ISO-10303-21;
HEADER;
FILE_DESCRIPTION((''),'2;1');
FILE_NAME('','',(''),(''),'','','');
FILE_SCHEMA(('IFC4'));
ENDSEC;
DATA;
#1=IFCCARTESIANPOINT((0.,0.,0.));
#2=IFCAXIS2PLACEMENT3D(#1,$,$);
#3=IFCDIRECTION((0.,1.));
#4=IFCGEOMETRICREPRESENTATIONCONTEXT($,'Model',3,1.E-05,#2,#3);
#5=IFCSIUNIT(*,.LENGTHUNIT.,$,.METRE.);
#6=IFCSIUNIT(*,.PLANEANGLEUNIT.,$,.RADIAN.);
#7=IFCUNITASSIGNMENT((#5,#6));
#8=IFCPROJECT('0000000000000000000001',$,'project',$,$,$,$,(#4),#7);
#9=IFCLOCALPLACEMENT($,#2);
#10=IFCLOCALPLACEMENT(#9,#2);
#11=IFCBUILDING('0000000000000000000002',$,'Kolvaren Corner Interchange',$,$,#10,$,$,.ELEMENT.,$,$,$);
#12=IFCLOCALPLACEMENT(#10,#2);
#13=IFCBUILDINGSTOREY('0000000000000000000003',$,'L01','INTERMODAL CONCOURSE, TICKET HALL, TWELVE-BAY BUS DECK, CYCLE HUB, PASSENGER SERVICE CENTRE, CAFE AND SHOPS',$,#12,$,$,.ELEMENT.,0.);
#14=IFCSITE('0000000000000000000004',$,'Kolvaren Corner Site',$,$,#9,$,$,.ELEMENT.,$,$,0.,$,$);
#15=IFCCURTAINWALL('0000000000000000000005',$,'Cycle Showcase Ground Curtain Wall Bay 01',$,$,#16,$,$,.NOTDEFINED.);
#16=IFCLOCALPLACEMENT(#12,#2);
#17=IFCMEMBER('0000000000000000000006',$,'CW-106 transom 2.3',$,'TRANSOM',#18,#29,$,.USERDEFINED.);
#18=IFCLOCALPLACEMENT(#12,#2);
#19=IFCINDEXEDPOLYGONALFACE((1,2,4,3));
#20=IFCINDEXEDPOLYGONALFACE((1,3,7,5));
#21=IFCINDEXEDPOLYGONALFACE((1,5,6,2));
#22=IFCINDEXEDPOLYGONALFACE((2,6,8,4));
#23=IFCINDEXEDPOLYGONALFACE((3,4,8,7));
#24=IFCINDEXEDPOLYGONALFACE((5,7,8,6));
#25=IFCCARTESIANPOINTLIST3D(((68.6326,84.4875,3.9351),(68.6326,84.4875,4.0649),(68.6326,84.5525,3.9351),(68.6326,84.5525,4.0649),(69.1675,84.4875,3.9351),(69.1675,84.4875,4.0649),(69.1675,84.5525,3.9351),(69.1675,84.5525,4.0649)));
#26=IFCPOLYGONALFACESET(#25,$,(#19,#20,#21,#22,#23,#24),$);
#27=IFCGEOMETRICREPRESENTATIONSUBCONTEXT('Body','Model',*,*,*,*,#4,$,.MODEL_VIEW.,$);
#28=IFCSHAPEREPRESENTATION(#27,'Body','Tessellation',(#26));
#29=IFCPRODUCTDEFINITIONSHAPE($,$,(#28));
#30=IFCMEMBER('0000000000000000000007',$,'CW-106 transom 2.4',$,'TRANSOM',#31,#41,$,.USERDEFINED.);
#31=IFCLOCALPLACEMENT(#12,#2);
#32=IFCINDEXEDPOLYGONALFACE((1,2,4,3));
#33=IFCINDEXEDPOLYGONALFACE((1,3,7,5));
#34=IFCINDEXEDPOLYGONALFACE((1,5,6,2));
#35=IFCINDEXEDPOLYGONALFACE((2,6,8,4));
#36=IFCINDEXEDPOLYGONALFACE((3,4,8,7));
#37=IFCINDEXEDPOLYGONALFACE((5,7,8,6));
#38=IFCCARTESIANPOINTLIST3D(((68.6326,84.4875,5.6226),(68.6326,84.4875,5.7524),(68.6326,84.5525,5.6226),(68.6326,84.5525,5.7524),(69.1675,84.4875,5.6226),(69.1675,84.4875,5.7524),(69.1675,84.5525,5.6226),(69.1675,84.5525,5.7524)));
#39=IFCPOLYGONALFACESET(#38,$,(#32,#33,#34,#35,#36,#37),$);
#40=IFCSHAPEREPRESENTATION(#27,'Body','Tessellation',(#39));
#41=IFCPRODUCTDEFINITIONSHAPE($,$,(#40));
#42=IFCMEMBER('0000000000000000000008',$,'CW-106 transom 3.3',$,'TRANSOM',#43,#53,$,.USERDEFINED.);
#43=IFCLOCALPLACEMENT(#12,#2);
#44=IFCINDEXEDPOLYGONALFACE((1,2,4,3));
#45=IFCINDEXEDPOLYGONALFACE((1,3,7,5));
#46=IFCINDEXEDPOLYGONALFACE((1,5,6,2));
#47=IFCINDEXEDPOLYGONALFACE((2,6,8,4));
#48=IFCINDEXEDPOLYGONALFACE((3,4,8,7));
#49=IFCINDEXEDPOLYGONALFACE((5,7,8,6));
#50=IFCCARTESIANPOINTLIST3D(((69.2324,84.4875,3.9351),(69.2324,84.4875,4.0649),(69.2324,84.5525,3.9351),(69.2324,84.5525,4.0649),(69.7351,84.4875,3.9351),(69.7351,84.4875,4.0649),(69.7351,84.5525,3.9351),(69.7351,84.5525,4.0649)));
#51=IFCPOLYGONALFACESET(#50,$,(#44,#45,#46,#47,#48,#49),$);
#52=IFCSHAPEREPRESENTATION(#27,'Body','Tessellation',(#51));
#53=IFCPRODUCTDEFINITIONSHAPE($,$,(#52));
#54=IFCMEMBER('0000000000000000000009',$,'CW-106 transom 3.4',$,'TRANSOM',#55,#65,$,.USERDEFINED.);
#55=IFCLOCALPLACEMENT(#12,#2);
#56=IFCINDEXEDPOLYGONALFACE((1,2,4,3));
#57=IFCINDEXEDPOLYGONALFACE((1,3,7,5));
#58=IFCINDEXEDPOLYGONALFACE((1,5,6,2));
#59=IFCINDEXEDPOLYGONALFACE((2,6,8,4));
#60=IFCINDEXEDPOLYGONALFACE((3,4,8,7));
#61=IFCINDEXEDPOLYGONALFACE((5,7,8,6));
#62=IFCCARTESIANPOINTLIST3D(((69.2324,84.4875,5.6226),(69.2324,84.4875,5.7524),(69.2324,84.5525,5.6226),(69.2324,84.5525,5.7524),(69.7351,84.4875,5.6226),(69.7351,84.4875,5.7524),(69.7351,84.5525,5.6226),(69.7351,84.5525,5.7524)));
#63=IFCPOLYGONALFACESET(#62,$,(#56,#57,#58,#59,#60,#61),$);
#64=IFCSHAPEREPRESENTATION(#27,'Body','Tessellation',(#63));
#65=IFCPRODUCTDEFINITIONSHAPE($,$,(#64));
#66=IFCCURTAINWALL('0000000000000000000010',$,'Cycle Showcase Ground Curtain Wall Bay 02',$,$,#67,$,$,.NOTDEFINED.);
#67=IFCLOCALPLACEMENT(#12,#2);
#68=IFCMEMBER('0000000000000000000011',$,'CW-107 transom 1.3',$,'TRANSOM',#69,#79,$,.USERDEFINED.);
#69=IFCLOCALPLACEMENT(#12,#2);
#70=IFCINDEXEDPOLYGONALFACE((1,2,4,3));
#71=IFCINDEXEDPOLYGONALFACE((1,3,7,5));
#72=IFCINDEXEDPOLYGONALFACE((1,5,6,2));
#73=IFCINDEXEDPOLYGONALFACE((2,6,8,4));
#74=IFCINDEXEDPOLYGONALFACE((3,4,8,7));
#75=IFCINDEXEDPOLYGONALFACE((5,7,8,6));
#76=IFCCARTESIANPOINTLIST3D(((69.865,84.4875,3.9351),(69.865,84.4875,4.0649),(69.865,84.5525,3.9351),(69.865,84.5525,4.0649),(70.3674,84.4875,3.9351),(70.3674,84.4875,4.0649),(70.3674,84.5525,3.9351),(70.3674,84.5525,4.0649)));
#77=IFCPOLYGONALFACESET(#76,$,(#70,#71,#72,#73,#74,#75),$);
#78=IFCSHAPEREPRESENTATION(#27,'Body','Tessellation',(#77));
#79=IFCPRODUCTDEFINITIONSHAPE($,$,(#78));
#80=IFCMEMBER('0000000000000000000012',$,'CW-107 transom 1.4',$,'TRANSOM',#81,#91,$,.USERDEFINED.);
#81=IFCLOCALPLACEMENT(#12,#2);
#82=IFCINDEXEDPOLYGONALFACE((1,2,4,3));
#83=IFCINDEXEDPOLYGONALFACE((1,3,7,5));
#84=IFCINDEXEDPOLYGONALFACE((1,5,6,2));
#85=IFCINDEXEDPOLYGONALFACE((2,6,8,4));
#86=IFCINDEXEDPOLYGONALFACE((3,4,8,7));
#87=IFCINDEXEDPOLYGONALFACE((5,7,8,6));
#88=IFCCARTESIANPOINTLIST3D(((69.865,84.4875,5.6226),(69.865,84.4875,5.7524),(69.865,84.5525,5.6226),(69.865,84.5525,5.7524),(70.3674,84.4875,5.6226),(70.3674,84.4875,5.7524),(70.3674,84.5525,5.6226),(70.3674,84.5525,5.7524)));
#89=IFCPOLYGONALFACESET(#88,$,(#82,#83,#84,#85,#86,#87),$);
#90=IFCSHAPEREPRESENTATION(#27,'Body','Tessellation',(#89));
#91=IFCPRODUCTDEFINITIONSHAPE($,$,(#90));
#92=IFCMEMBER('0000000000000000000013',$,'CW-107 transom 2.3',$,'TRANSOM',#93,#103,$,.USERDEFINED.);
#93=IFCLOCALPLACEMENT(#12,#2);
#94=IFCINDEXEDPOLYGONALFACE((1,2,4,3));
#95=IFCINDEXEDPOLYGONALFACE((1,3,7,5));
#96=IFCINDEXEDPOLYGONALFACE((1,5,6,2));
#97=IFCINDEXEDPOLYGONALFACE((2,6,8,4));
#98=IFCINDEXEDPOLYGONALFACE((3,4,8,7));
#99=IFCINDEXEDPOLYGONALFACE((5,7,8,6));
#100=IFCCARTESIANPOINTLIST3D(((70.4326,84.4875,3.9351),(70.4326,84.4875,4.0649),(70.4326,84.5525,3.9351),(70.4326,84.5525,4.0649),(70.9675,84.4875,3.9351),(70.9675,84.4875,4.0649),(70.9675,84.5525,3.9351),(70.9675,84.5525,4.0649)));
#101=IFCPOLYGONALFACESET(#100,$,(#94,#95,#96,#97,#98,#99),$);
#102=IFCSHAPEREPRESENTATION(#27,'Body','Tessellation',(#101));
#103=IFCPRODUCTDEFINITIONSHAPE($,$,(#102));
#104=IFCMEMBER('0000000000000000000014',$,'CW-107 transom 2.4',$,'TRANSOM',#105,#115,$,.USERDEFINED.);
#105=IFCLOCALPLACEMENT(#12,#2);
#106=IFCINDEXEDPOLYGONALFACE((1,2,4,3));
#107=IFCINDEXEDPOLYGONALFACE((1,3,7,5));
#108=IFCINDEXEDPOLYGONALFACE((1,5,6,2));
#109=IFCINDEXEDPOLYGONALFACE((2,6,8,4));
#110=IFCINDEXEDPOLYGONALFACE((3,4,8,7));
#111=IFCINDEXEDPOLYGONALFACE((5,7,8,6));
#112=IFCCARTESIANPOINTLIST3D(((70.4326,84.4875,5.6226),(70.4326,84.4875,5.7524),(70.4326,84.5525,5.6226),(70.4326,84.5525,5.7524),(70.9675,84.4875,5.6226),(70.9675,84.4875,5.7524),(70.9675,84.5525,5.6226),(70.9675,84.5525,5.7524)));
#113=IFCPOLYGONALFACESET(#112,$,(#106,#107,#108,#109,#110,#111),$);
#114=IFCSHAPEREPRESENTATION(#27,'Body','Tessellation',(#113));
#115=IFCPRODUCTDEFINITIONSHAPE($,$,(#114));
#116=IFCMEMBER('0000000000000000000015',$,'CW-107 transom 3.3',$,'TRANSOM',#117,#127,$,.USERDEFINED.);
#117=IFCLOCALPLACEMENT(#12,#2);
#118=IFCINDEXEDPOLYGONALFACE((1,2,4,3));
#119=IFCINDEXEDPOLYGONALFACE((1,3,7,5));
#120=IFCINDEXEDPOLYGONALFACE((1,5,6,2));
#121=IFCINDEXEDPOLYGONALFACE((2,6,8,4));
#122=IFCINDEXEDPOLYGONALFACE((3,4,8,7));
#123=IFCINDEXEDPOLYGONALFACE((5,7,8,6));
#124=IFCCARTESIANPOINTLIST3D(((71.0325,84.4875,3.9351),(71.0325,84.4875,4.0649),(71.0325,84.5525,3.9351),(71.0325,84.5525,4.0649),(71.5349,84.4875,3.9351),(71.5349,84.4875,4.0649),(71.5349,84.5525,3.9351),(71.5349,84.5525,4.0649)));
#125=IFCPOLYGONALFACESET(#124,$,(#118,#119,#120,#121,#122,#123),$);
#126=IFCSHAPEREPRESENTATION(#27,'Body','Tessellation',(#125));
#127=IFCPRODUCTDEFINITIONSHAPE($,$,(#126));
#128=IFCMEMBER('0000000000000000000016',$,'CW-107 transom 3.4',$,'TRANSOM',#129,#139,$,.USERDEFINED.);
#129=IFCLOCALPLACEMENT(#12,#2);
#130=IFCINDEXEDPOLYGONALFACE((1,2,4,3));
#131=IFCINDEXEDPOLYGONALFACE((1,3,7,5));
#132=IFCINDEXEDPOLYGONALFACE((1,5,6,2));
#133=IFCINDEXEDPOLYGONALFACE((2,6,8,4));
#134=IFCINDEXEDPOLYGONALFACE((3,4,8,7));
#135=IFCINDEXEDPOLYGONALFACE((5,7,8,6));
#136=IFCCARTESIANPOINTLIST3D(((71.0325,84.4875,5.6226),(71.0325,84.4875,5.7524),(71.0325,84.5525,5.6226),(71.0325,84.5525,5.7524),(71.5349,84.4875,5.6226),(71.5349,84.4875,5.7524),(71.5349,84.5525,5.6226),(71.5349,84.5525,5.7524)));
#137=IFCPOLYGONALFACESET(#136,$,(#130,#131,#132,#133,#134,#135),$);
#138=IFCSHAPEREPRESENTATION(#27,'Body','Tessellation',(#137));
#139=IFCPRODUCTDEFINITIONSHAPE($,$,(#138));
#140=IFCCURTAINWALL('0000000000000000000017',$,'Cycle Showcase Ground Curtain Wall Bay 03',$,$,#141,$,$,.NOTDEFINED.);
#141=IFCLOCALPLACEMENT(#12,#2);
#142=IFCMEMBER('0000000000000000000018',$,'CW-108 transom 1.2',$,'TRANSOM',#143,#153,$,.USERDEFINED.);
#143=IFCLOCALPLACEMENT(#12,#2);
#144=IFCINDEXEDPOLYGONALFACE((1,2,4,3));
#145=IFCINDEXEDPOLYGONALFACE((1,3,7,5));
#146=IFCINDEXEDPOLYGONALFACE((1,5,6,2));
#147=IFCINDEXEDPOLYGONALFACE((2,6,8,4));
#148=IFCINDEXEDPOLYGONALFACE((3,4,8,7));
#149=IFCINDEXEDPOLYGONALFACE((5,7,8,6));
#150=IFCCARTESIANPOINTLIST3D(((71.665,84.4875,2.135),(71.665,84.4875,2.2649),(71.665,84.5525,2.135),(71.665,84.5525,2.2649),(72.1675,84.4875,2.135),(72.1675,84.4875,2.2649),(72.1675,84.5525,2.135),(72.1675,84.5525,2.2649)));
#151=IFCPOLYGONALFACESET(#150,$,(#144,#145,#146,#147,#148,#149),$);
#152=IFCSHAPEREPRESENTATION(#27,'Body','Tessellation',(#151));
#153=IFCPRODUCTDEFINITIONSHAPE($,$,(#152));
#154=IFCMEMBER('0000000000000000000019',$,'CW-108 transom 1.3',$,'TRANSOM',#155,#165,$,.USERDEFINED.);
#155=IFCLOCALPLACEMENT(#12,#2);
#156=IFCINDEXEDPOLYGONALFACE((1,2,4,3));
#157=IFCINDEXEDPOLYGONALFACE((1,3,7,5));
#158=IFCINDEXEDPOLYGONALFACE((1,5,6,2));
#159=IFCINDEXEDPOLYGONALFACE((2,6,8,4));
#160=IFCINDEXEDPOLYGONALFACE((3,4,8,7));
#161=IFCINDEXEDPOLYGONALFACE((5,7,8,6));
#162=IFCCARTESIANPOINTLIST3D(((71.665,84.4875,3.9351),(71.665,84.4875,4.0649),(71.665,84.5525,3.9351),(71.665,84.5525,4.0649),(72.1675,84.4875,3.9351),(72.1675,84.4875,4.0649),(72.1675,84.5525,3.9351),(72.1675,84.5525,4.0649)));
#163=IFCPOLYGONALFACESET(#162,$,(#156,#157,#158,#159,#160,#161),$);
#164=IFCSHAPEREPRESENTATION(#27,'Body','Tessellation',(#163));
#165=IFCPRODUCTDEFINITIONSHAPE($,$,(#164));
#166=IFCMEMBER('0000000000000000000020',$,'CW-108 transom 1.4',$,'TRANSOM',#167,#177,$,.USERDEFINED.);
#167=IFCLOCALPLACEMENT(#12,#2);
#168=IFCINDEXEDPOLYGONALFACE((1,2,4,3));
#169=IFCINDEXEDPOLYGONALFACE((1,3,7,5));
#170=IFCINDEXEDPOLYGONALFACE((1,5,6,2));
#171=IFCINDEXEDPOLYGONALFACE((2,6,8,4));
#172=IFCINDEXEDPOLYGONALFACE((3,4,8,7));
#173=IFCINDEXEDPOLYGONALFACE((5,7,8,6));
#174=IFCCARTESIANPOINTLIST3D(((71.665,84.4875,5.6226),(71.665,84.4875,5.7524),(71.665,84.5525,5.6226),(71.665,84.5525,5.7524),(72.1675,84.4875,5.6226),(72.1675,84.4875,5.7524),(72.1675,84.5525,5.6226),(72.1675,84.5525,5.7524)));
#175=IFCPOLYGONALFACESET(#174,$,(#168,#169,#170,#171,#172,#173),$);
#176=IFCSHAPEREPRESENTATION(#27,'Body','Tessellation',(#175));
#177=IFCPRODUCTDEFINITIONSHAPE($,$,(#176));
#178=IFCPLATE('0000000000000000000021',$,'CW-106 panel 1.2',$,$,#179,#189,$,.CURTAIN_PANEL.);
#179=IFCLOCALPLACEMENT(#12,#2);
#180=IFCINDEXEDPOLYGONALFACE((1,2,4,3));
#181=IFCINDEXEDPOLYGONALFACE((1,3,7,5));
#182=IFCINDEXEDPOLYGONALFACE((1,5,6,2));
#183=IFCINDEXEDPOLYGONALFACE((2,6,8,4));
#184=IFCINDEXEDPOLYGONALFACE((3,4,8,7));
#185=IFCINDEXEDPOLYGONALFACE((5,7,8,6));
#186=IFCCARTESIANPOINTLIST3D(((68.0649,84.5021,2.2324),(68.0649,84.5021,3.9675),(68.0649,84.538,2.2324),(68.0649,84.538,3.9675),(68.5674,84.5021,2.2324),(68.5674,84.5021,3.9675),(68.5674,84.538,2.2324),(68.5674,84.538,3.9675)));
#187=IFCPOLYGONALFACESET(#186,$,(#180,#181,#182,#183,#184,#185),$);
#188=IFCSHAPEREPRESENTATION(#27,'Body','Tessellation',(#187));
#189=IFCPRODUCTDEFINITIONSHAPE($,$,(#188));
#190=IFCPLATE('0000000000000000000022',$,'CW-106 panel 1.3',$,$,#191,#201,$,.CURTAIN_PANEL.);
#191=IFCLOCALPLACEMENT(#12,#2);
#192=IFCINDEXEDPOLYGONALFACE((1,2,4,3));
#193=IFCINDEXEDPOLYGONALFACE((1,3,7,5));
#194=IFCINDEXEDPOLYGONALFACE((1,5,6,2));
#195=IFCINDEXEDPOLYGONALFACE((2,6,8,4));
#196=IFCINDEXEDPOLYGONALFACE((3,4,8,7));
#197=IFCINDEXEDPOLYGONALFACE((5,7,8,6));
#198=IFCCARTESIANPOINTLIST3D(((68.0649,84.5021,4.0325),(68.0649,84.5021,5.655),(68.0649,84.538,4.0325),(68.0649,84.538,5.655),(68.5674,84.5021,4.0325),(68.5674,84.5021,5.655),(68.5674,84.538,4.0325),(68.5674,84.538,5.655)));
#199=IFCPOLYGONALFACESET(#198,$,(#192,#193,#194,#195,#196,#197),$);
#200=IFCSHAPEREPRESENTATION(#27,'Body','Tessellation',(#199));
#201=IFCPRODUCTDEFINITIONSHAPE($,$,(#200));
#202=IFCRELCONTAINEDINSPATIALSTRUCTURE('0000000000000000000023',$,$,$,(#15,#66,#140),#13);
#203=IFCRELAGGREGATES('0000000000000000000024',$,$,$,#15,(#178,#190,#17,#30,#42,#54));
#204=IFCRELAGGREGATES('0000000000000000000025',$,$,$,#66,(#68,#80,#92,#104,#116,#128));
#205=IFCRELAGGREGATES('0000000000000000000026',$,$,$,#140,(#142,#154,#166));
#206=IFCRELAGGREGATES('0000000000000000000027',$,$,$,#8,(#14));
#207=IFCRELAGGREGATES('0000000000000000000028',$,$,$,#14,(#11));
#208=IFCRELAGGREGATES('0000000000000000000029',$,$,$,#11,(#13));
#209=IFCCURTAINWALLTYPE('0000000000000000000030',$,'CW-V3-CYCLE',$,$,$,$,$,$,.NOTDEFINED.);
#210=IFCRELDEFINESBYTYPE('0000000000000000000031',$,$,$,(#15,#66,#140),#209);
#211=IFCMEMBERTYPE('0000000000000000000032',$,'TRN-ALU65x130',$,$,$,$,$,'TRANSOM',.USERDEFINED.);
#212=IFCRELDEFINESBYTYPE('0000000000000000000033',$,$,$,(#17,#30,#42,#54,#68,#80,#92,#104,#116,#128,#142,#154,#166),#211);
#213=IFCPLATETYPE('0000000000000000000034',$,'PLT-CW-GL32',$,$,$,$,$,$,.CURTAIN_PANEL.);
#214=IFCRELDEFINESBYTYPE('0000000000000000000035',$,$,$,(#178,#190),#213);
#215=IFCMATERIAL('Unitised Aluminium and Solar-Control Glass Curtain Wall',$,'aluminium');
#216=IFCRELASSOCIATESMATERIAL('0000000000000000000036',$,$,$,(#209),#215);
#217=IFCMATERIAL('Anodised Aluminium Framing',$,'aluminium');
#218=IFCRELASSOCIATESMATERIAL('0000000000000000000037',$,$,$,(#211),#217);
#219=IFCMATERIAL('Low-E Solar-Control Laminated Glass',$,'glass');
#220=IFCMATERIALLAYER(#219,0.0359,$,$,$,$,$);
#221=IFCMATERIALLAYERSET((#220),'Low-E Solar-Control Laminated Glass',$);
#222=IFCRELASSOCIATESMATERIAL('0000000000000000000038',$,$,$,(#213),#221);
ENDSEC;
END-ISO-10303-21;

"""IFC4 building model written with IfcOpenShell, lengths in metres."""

from ifc_helpers import new_model, si_unit, direction, frame, origin, origin_2d, place, context, subcontext, project, spatial, rectangle, extrude, material, layer, layer_set, material_profile, profile_set, type_object, element, aggregate, save


model = new_model("IFC4")

# Units and contexts
model_context = context("Model", 3, precision=1e-05, world=origin(), true_north=direction((0.0, 1.0)))
body_context = subcontext(model_context, "Body", "Model", "MODEL_VIEW")
ifc_project = project(units=[si_unit("LENGTHUNIT", "METRE"), si_unit("PLANEANGLEUNIT", "RADIAN")], contexts=[model_context])

# Site, building, storey
site_placement = place(None, origin())
site = spatial("IfcSite", under=ifc_project, at=site_placement, Name="Kolvaren Corner Site", CompositionType="ELEMENT", RefElevation=0.0)
building_placement = place(site_placement, origin())
building = spatial("IfcBuilding", under=site, at=building_placement, Name="Kolvaren Corner Interchange", CompositionType="ELEMENT")
storey_placement = place(building_placement, origin())
storey = spatial("IfcBuildingStorey", under=building, at=storey_placement, Name="L01", Description="INTERMODAL CONCOURSE, TICKET HALL, TWELVE-BAY BUS DECK, CYCLE HUB, PASSENGER SERVICE CENTRE, CAFE AND SHOPS", CompositionType="ELEMENT", Elevation=0.0)

# Curtain walls, members
ifc_material_1 = material(Name="Unitised Aluminium and Solar-Control Glass Curtain Wall", Category="aluminium")
curtain_wall_type = type_object("IfcCurtainWallType", Name="CW-V3-CYCLE", PredefinedType="NOTDEFINED", material=ifc_material_1)
curtain_wall_1_placement = place(storey_placement, origin())
curtain_wall_1 = element("IfcCurtainWall", 1, at=curtain_wall_1_placement, inside=storey, type_object=curtain_wall_type, Name="Cycle Showcase Ground Curtain Wall Bay 01", PredefinedType="NOTDEFINED")
ifc_material_2 = material(Name="Anodised Aluminium Framing", Category="aluminium")
ifc_material_profile = material_profile(ifc_material_2, rectangle(XDim=0.0649, YDim=0.1299, at=origin_2d()), Name="ALU 65x130")
ifc_profile_set = profile_set([ifc_material_profile], Name="Anodised Aluminium Framing")
member_type = type_object("IfcMemberType", Name="TRN-ALU65x130", ElementType="TRANSOM", PredefinedType="USERDEFINED", material=ifc_profile_set)
member_1_placement = place(storey_placement, frame((68.6326, 84.52, 4.0), z_axis=(1.0, 0.0, 0.0), x_axis=(0.0, 1.0, 0.0)))
member_1 = element("IfcMember", 2, at=member_1_placement, type_object=member_type, Name="CW-106 transom 2.3", ObjectType="TRANSOM", PredefinedType="USERDEFINED", context=body_context, shape_type="SweptSolid", body=[
    extrude(rectangle(XDim=0.0649, YDim=0.1299, at=origin_2d()), origin(), (0.0, 0.0, 1.0), 0.5349),
])
member_2_placement = place(storey_placement, frame((68.6326, 84.52, 5.6875), z_axis=(1.0, 0.0, 0.0), x_axis=(0.0, 1.0, 0.0)))
member_2 = element("IfcMember", 3, at=member_2_placement, type_object=member_type, Name="CW-106 transom 2.4", ObjectType="TRANSOM", PredefinedType="USERDEFINED", context=body_context, shape_type="SweptSolid", body=[
    extrude(rectangle(XDim=0.0649, YDim=0.1299, at=origin_2d()), origin(), (0.0, 0.0, 1.0), 0.5349),
])
member_3_placement = place(storey_placement, frame((69.2324, 84.52, 4.0), z_axis=(1.0, 0.0, 0.0), x_axis=(0.0, 1.0, 0.0)))
member_3 = element("IfcMember", 4, at=member_3_placement, type_object=member_type, Name="CW-106 transom 3.3", ObjectType="TRANSOM", PredefinedType="USERDEFINED", context=body_context, shape_type="SweptSolid", body=[
    extrude(rectangle(XDim=0.0649, YDim=0.1299, at=origin_2d()), origin(), (0.0, 0.0, 1.0), 0.5027),
])
member_4_placement = place(storey_placement, frame((69.2324, 84.52, 5.6875), z_axis=(1.0, 0.0, 0.0), x_axis=(0.0, 1.0, 0.0)))
member_4 = element("IfcMember", 5, at=member_4_placement, type_object=member_type, Name="CW-106 transom 3.4", ObjectType="TRANSOM", PredefinedType="USERDEFINED", context=body_context, shape_type="SweptSolid", body=[
    extrude(rectangle(XDim=0.0649, YDim=0.1299, at=origin_2d()), origin(), (0.0, 0.0, 1.0), 0.5027),
])
curtain_wall_2_placement = place(storey_placement, origin())
curtain_wall_2 = element("IfcCurtainWall", 6, at=curtain_wall_2_placement, inside=storey, type_object=curtain_wall_type, Name="Cycle Showcase Ground Curtain Wall Bay 02", PredefinedType="NOTDEFINED")
member_5_placement = place(storey_placement, frame((69.865, 84.52, 4.0), z_axis=(1.0, 0.0, 0.0), x_axis=(0.0, 1.0, 0.0)))
member_5 = element("IfcMember", 7, at=member_5_placement, type_object=member_type, Name="CW-107 transom 1.3", ObjectType="TRANSOM", PredefinedType="USERDEFINED", context=body_context, shape_type="SweptSolid", body=[
    extrude(rectangle(XDim=0.0649, YDim=0.1299, at=origin_2d()), origin(), (0.0, 0.0, 1.0), 0.5024),
])
member_6_placement = place(storey_placement, frame((69.865, 84.52, 5.6875), z_axis=(1.0, 0.0, 0.0), x_axis=(0.0, 1.0, 0.0)))
member_6 = element("IfcMember", 8, at=member_6_placement, type_object=member_type, Name="CW-107 transom 1.4", ObjectType="TRANSOM", PredefinedType="USERDEFINED", context=body_context, shape_type="SweptSolid", body=[
    extrude(rectangle(XDim=0.0649, YDim=0.1299, at=origin_2d()), origin(), (0.0, 0.0, 1.0), 0.5024),
])
member_7_placement = place(storey_placement, frame((70.4326, 84.52, 4.0), z_axis=(1.0, 0.0, 0.0), x_axis=(0.0, 1.0, 0.0)))
member_7 = element("IfcMember", 9, at=member_7_placement, type_object=member_type, Name="CW-107 transom 2.3", ObjectType="TRANSOM", PredefinedType="USERDEFINED", context=body_context, shape_type="SweptSolid", body=[
    extrude(rectangle(XDim=0.0649, YDim=0.1299, at=origin_2d()), origin(), (0.0, 0.0, 1.0), 0.5349),
])
member_8_placement = place(storey_placement, frame((70.4326, 84.52, 5.6875), z_axis=(1.0, 0.0, 0.0), x_axis=(0.0, 1.0, 0.0)))
member_8 = element("IfcMember", 10, at=member_8_placement, type_object=member_type, Name="CW-107 transom 2.4", ObjectType="TRANSOM", PredefinedType="USERDEFINED", context=body_context, shape_type="SweptSolid", body=[
    extrude(rectangle(XDim=0.0649, YDim=0.1299, at=origin_2d()), origin(), (0.0, 0.0, 1.0), 0.5349),
])
member_9_placement = place(storey_placement, frame((71.0325, 84.52, 4.0), z_axis=(1.0, 0.0, 0.0), x_axis=(0.0, 1.0, 0.0)))
member_9 = element("IfcMember", 11, at=member_9_placement, type_object=member_type, Name="CW-107 transom 3.3", ObjectType="TRANSOM", PredefinedType="USERDEFINED", context=body_context, shape_type="SweptSolid", body=[
    extrude(rectangle(XDim=0.0649, YDim=0.1299, at=origin_2d()), origin(), (0.0, 0.0, 1.0), 0.5024),
])
member_10_placement = place(storey_placement, frame((71.0325, 84.52, 5.6875), z_axis=(1.0, 0.0, 0.0), x_axis=(0.0, 1.0, 0.0)))
member_10 = element("IfcMember", 12, at=member_10_placement, type_object=member_type, Name="CW-107 transom 3.4", ObjectType="TRANSOM", PredefinedType="USERDEFINED", context=body_context, shape_type="SweptSolid", body=[
    extrude(rectangle(XDim=0.0649, YDim=0.1299, at=origin_2d()), origin(), (0.0, 0.0, 1.0), 0.5024),
])
curtain_wall_3_placement = place(storey_placement, origin())
curtain_wall_3 = element("IfcCurtainWall", 13, at=curtain_wall_3_placement, inside=storey, type_object=curtain_wall_type, Name="Cycle Showcase Ground Curtain Wall Bay 03", PredefinedType="NOTDEFINED")
member_11_placement = place(storey_placement, frame((71.665, 84.52, 2.2), z_axis=(1.0, 0.0, 0.0), x_axis=(0.0, 1.0, 0.0)))
member_11 = element("IfcMember", 14, at=member_11_placement, type_object=member_type, Name="CW-108 transom 1.2", ObjectType="TRANSOM", PredefinedType="USERDEFINED", context=body_context, shape_type="SweptSolid", body=[
    extrude(rectangle(XDim=0.0649, YDim=0.1299, at=origin_2d()), origin(), (0.0, 0.0, 1.0), 0.5024),
])
member_12_placement = place(storey_placement, frame((71.665, 84.52, 4.0), z_axis=(1.0, 0.0, 0.0), x_axis=(0.0, 1.0, 0.0)))
member_12 = element("IfcMember", 15, at=member_12_placement, type_object=member_type, Name="CW-108 transom 1.3", ObjectType="TRANSOM", PredefinedType="USERDEFINED", context=body_context, shape_type="SweptSolid", body=[
    extrude(rectangle(XDim=0.0649, YDim=0.1299, at=origin_2d()), origin(), (0.0, 0.0, 1.0), 0.5024),
])
member_13_placement = place(storey_placement, frame((71.665, 84.52, 5.6875), z_axis=(1.0, 0.0, 0.0), x_axis=(0.0, 1.0, 0.0)))
member_13 = element("IfcMember", 16, at=member_13_placement, type_object=member_type, Name="CW-108 transom 1.4", ObjectType="TRANSOM", PredefinedType="USERDEFINED", context=body_context, shape_type="SweptSolid", body=[
    extrude(rectangle(XDim=0.0649, YDim=0.1299, at=origin_2d()), origin(), (0.0, 0.0, 1.0), 0.5024),
])

# Plates
ifc_material_3 = material(Name="Low-E Solar-Control Laminated Glass", Category="glass")
ifc_layer = layer(ifc_material_3, 0.0359)
ifc_layer_set = layer_set([ifc_layer], Name="Low-E Solar-Control Laminated Glass")
plate_type = type_object("IfcPlateType", Name="PLT-CW-GL32", PredefinedType="CURTAIN_PANEL", material=ifc_layer_set)
plate_1_placement = place(storey_placement, frame((68.3162, 84.52, 2.2324), z_axis=(0.0, 0.0, 1.0), x_axis=(1.0, 0.0, 0.0)))
plate_1 = element("IfcPlate", 17, at=plate_1_placement, type_object=plate_type, Name="CW-106 panel 1.2", PredefinedType="CURTAIN_PANEL", context=body_context, shape_type="SweptSolid", body=[
    extrude(rectangle(XDim=0.5024, YDim=0.0359, at=origin_2d()), origin(), (0.0, 0.0, 1.0), 1.7351),
])
plate_2_placement = place(storey_placement, frame((68.3162, 84.52, 4.0325), z_axis=(0.0, 0.0, 1.0), x_axis=(1.0, 0.0, 0.0)))
plate_2 = element("IfcPlate", 18, at=plate_2_placement, type_object=plate_type, Name="CW-106 panel 1.3", PredefinedType="CURTAIN_PANEL", context=body_context, shape_type="SweptSolid", body=[
    extrude(rectangle(XDim=0.5024, YDim=0.0359, at=origin_2d()), origin(), (0.0, 0.0, 1.0), 1.6226),
])
aggregate(curtain_wall_1, [plate_1, plate_2, member_1, member_2, member_3, member_4])
aggregate(curtain_wall_2, [member_5, member_6, member_7, member_8, member_9, member_10])
aggregate(curtain_wall_3, [member_11, member_12, member_13])

save(model, "model.ifc")
